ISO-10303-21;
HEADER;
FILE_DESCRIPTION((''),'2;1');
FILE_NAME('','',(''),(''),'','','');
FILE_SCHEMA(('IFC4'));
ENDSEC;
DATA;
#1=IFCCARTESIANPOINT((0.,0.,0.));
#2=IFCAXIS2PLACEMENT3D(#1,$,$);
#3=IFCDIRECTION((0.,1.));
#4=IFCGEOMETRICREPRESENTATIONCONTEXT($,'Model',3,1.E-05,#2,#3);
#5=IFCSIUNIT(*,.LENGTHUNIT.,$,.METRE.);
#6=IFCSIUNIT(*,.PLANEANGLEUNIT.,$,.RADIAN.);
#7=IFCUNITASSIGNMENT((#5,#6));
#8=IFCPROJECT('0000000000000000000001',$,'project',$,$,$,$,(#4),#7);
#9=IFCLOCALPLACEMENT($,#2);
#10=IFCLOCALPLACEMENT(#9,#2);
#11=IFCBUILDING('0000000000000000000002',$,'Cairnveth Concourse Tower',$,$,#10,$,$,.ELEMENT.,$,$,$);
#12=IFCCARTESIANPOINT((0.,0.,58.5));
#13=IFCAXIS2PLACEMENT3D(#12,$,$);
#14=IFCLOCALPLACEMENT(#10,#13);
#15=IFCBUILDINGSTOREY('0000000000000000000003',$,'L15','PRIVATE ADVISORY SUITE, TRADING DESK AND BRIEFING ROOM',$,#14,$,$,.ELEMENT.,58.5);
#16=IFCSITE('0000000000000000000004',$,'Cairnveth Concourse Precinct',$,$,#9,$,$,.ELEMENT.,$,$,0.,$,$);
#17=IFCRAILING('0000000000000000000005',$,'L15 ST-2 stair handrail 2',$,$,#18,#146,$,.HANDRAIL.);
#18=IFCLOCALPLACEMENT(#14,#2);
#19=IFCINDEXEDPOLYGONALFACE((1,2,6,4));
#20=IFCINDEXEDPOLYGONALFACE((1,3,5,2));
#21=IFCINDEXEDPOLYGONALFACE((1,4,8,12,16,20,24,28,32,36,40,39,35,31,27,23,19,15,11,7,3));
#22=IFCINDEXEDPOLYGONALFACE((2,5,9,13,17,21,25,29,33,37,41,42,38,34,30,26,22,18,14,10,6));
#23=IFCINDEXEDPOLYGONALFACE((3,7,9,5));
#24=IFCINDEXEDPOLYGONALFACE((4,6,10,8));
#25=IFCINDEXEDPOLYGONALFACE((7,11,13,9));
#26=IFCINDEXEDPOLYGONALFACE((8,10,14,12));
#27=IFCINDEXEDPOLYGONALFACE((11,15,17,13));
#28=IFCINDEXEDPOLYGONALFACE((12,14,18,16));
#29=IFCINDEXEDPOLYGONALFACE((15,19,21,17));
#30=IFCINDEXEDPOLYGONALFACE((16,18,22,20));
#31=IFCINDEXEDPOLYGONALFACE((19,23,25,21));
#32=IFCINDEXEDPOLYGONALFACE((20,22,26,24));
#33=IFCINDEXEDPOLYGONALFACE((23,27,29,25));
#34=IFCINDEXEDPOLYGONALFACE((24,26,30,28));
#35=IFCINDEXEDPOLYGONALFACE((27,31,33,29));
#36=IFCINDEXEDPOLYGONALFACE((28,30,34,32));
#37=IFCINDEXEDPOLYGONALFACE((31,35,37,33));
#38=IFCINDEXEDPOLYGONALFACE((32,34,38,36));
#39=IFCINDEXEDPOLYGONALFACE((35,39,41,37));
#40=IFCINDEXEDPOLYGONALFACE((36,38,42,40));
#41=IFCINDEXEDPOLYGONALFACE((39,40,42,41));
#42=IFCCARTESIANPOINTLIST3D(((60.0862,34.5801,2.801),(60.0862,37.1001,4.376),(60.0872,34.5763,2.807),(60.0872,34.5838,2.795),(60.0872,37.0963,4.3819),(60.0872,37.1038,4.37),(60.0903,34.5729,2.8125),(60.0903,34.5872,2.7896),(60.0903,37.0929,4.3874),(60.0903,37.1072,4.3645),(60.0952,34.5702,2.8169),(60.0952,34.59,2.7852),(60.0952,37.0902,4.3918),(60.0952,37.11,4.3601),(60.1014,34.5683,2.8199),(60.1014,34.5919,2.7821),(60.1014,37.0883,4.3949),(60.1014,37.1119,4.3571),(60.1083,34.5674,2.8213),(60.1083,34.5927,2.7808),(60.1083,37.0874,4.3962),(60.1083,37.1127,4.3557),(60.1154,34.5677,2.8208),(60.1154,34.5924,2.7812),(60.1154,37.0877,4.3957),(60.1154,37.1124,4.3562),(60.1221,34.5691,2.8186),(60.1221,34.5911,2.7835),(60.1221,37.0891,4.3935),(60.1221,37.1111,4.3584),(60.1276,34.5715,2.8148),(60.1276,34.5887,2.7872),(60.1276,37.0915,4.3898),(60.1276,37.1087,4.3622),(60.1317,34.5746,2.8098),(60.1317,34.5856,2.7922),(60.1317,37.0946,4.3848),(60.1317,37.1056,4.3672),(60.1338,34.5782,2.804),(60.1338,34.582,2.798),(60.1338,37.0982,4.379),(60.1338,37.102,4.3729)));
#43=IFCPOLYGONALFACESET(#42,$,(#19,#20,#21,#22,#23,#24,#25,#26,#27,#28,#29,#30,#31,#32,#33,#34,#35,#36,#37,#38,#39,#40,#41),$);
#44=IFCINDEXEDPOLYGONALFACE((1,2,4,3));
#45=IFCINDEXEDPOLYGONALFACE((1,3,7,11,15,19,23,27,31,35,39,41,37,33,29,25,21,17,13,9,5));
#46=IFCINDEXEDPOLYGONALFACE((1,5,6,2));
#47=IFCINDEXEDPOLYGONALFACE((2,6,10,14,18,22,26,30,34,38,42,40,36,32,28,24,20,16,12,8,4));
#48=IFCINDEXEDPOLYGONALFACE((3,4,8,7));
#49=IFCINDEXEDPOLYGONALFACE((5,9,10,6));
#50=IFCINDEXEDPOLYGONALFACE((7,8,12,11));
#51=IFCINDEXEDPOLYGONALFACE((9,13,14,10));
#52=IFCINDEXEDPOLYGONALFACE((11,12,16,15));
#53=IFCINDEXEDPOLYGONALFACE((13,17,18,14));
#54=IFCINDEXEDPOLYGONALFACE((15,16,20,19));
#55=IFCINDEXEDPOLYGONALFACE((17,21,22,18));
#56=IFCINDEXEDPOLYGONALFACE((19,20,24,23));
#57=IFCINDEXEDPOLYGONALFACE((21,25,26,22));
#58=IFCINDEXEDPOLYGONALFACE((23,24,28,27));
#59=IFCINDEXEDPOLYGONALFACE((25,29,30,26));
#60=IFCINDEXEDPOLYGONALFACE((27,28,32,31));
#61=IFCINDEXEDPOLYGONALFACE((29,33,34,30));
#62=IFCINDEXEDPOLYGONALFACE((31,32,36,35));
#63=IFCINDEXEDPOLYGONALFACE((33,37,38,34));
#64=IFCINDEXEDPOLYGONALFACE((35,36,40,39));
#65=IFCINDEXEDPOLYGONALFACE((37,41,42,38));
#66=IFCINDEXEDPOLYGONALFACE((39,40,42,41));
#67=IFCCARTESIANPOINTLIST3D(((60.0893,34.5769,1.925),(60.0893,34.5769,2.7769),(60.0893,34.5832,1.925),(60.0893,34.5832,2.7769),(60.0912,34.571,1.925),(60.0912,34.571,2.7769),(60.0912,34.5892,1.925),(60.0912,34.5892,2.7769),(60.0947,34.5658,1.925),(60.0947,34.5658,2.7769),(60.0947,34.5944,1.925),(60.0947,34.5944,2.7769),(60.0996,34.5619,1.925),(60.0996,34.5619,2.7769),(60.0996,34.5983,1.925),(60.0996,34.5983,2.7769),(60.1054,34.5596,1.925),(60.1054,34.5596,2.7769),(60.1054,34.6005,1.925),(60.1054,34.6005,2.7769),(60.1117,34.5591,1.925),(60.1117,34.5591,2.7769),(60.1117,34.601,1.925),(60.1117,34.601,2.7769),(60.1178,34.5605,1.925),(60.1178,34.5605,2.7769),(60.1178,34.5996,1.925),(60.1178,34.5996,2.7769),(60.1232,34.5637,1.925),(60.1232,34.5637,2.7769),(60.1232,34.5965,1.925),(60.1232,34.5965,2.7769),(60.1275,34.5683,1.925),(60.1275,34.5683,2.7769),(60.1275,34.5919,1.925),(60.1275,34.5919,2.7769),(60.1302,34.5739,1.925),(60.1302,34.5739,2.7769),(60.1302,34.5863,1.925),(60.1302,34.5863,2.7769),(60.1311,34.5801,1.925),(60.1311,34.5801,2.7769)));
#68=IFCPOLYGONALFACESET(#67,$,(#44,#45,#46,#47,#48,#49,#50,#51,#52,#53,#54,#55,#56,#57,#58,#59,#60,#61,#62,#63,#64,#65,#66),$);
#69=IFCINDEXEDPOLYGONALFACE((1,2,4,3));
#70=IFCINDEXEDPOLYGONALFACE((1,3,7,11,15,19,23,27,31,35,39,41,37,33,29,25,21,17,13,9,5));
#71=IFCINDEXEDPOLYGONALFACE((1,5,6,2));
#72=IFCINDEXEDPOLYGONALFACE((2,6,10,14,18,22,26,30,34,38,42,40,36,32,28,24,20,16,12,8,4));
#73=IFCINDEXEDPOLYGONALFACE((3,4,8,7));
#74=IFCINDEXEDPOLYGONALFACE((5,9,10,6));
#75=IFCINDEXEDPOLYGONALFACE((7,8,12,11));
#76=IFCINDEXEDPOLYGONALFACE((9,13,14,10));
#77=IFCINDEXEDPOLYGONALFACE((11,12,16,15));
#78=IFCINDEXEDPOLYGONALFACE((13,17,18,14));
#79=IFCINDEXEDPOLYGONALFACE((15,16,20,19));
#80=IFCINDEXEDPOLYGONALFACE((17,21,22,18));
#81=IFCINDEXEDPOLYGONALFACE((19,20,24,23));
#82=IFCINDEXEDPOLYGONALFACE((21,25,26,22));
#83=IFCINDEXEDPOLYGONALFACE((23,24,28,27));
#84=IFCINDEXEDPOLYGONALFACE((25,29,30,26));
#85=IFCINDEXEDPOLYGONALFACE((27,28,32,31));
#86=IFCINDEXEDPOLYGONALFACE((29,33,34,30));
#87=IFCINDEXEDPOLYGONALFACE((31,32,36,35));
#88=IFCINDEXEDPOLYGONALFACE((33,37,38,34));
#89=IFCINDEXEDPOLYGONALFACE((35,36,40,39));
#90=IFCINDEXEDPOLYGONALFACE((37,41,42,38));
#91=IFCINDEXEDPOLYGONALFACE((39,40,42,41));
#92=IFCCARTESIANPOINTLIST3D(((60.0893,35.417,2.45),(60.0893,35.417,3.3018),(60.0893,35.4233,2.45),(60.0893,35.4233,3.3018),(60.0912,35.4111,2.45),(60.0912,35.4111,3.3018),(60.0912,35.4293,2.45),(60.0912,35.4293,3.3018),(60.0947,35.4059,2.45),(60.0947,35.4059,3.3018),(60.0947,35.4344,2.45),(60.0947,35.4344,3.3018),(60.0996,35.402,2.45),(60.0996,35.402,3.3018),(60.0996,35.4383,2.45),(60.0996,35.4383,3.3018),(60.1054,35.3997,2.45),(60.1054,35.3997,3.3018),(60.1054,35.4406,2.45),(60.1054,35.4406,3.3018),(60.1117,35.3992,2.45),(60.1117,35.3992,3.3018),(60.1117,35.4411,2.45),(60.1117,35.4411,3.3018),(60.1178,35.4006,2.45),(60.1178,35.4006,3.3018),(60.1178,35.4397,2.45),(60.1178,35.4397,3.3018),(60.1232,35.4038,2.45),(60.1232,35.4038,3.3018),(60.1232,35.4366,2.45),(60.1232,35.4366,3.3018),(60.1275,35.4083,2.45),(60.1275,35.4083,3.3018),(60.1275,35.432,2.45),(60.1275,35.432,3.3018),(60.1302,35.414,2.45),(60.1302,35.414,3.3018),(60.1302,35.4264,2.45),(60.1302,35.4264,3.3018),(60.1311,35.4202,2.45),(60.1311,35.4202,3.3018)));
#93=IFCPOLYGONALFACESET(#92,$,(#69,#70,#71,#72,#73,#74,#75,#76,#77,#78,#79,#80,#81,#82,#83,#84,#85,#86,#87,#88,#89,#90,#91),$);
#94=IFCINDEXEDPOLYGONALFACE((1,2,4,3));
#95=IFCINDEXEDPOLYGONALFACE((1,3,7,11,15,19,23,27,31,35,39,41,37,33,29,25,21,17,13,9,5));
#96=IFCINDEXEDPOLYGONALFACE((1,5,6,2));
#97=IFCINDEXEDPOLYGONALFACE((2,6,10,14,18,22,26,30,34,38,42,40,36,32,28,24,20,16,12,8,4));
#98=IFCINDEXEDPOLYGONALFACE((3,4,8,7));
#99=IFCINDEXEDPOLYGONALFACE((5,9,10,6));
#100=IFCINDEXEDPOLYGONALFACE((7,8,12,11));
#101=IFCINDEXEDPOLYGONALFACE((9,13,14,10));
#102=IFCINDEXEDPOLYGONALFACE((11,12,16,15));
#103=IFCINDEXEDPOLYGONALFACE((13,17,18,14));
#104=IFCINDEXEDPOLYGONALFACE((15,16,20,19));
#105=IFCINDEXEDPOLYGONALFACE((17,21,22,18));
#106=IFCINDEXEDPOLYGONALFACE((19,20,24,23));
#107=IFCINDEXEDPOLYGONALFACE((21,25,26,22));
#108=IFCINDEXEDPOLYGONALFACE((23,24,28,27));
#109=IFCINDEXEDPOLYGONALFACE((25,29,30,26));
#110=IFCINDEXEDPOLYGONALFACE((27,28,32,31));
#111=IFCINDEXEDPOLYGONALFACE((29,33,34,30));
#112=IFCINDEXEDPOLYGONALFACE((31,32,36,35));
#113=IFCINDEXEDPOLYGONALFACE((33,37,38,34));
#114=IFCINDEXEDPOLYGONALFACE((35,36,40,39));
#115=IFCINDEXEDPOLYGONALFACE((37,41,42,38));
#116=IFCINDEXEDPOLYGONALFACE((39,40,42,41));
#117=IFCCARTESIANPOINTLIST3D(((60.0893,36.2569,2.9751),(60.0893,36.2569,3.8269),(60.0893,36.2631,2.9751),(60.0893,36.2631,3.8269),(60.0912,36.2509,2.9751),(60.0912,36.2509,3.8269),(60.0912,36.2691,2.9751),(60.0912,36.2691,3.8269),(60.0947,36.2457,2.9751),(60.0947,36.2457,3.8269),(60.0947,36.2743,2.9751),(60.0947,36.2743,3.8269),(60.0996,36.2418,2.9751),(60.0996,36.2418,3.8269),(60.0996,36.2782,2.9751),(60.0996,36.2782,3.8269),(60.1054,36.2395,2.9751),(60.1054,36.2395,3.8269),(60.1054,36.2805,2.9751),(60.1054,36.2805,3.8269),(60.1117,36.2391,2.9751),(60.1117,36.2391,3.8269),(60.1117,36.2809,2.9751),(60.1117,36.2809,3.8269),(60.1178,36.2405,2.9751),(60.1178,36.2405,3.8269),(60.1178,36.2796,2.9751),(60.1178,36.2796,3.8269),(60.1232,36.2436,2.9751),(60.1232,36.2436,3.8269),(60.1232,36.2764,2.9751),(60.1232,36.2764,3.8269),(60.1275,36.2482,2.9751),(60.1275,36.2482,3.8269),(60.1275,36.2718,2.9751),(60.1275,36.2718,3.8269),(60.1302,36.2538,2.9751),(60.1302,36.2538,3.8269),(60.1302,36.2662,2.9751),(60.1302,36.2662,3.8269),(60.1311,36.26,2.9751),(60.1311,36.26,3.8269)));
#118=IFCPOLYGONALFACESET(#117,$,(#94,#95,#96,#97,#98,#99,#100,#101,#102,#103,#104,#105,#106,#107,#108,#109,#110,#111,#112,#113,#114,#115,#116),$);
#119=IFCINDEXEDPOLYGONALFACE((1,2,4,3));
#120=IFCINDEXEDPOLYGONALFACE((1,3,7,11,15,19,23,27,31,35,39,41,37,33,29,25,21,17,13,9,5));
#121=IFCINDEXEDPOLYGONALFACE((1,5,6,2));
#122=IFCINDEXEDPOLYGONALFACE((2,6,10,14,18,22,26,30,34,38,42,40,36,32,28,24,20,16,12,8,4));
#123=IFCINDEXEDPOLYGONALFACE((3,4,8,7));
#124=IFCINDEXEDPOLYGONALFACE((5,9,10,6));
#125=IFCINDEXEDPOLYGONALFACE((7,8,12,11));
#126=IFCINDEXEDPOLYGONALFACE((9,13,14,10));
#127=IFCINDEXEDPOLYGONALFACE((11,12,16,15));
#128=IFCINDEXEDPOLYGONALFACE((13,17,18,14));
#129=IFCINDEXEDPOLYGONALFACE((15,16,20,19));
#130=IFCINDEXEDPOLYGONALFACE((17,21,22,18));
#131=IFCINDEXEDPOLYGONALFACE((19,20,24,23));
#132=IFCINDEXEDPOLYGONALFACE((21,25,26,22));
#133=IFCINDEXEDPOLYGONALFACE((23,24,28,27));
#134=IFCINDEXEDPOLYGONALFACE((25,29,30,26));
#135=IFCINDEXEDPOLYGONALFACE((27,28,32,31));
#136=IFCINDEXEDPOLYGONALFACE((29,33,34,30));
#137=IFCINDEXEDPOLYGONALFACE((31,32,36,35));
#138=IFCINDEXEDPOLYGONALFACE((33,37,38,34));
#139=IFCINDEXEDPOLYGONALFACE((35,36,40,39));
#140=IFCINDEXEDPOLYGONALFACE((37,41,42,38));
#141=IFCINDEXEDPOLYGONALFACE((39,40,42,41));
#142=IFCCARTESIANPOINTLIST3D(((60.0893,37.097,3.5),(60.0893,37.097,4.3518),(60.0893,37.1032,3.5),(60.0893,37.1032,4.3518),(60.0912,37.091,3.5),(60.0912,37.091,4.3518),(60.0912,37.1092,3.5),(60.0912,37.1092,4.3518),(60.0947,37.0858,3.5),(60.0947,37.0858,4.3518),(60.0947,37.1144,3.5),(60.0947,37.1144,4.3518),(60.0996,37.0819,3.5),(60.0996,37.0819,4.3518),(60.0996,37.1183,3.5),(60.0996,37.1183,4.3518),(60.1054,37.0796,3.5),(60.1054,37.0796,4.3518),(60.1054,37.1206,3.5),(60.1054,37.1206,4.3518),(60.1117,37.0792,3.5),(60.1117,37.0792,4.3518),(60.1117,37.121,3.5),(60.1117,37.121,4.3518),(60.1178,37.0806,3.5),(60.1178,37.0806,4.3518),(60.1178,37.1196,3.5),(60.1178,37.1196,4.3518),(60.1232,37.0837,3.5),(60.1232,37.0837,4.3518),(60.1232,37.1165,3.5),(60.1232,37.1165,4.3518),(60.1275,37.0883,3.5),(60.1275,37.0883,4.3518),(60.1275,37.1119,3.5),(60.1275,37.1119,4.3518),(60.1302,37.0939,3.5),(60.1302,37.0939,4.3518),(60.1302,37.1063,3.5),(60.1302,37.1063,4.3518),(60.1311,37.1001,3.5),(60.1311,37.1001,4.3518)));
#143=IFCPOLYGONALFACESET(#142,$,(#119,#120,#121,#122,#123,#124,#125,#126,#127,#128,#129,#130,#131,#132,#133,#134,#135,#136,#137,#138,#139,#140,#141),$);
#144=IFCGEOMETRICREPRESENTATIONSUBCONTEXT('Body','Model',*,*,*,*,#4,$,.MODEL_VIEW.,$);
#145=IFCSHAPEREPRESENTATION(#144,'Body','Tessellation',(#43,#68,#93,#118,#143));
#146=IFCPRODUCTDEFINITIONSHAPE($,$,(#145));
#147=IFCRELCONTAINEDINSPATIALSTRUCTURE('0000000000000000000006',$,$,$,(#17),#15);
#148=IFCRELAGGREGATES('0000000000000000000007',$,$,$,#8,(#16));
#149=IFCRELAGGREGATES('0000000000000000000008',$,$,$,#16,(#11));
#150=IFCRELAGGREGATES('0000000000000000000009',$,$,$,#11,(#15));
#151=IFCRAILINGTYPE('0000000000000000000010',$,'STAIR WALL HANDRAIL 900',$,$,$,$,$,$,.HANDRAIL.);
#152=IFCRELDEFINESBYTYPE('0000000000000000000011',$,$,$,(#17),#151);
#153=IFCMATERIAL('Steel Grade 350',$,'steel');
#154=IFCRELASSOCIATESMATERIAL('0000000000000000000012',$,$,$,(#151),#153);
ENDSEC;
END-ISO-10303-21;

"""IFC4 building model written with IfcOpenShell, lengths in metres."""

from ifc_helpers import new_model, si_unit, direction, frame, origin, origin_2d, place, context, subcontext, project, spatial, circle, extrude, material, type_object, element, save


model = new_model("IFC4")

# Units and contexts
model_context = context("Model", 3, precision=1e-05, world=origin(), true_north=direction((0.0, 1.0)))
body_context = subcontext(model_context, "Body", "Model", "MODEL_VIEW")
ifc_project = project(units=[si_unit("LENGTHUNIT", "METRE"), si_unit("PLANEANGLEUNIT", "RADIAN")], contexts=[model_context])

# Site, building, storey
site_placement = place(None, origin())
site = spatial("IfcSite", under=ifc_project, at=site_placement, Name="Cairnveth Concourse Precinct", CompositionType="ELEMENT", RefElevation=0.0)
building_placement = place(site_placement, origin())
building = spatial("IfcBuilding", under=site, at=building_placement, Name="Cairnveth Concourse Tower", CompositionType="ELEMENT")
storey_placement = place(building_placement, frame((0.0, 0.0, 58.5)))
storey = spatial("IfcBuildingStorey", under=building, at=storey_placement, Name="L15", Description="PRIVATE ADVISORY SUITE, TRADING DESK AND BRIEFING ROOM", CompositionType="ELEMENT", Elevation=58.5)

# Shared definitions
ifc_material_1 = material(Name="Steel Grade 350", Category="steel")

# Railing
railing_type_1 = type_object("IfcRailingType", Name="STAIR WALL HANDRAIL 900", PredefinedType="HANDRAIL", material=ifc_material_1)
railing_1_placement = place(storey_placement, frame((60.1101, 34.5801, 1.925)))
element("IfcRailing", 1, at=railing_1_placement, inside=storey, type_object=railing_type_1, Name="L15 ST-2 stair handrail 2", PredefinedType="HANDRAIL", context=body_context, shape_type="SweptSolid", body=[
    extrude(circle(Radius=0.0239, at=origin_2d()), frame((0.0, 0.0, 0.876), z_axis=(0.0, 0.848008, 0.529984), x_axis=(-1.0, 0.0, 0.0)), (0.0, 0.0, 1.0), 2.9717),
    extrude(circle(Radius=0.021, at=origin_2d()), origin(), (0.0, 0.0, 1.0), 0.8518),
    extrude(circle(Radius=0.021, at=origin_2d()), frame((0.0, 0.8401, 0.5249)), (0.0, 0.0, 1.0), 0.8518),
    extrude(circle(Radius=0.021, at=origin_2d()), frame((0.0, 1.6799, 1.05)), (0.0, 0.0, 1.0), 0.8518),
    extrude(circle(Radius=0.021, at=origin_2d()), frame((0.0, 2.52, 1.575)), (0.0, 0.0, 1.0), 0.8518),
])

save(model, "model.ifc")
